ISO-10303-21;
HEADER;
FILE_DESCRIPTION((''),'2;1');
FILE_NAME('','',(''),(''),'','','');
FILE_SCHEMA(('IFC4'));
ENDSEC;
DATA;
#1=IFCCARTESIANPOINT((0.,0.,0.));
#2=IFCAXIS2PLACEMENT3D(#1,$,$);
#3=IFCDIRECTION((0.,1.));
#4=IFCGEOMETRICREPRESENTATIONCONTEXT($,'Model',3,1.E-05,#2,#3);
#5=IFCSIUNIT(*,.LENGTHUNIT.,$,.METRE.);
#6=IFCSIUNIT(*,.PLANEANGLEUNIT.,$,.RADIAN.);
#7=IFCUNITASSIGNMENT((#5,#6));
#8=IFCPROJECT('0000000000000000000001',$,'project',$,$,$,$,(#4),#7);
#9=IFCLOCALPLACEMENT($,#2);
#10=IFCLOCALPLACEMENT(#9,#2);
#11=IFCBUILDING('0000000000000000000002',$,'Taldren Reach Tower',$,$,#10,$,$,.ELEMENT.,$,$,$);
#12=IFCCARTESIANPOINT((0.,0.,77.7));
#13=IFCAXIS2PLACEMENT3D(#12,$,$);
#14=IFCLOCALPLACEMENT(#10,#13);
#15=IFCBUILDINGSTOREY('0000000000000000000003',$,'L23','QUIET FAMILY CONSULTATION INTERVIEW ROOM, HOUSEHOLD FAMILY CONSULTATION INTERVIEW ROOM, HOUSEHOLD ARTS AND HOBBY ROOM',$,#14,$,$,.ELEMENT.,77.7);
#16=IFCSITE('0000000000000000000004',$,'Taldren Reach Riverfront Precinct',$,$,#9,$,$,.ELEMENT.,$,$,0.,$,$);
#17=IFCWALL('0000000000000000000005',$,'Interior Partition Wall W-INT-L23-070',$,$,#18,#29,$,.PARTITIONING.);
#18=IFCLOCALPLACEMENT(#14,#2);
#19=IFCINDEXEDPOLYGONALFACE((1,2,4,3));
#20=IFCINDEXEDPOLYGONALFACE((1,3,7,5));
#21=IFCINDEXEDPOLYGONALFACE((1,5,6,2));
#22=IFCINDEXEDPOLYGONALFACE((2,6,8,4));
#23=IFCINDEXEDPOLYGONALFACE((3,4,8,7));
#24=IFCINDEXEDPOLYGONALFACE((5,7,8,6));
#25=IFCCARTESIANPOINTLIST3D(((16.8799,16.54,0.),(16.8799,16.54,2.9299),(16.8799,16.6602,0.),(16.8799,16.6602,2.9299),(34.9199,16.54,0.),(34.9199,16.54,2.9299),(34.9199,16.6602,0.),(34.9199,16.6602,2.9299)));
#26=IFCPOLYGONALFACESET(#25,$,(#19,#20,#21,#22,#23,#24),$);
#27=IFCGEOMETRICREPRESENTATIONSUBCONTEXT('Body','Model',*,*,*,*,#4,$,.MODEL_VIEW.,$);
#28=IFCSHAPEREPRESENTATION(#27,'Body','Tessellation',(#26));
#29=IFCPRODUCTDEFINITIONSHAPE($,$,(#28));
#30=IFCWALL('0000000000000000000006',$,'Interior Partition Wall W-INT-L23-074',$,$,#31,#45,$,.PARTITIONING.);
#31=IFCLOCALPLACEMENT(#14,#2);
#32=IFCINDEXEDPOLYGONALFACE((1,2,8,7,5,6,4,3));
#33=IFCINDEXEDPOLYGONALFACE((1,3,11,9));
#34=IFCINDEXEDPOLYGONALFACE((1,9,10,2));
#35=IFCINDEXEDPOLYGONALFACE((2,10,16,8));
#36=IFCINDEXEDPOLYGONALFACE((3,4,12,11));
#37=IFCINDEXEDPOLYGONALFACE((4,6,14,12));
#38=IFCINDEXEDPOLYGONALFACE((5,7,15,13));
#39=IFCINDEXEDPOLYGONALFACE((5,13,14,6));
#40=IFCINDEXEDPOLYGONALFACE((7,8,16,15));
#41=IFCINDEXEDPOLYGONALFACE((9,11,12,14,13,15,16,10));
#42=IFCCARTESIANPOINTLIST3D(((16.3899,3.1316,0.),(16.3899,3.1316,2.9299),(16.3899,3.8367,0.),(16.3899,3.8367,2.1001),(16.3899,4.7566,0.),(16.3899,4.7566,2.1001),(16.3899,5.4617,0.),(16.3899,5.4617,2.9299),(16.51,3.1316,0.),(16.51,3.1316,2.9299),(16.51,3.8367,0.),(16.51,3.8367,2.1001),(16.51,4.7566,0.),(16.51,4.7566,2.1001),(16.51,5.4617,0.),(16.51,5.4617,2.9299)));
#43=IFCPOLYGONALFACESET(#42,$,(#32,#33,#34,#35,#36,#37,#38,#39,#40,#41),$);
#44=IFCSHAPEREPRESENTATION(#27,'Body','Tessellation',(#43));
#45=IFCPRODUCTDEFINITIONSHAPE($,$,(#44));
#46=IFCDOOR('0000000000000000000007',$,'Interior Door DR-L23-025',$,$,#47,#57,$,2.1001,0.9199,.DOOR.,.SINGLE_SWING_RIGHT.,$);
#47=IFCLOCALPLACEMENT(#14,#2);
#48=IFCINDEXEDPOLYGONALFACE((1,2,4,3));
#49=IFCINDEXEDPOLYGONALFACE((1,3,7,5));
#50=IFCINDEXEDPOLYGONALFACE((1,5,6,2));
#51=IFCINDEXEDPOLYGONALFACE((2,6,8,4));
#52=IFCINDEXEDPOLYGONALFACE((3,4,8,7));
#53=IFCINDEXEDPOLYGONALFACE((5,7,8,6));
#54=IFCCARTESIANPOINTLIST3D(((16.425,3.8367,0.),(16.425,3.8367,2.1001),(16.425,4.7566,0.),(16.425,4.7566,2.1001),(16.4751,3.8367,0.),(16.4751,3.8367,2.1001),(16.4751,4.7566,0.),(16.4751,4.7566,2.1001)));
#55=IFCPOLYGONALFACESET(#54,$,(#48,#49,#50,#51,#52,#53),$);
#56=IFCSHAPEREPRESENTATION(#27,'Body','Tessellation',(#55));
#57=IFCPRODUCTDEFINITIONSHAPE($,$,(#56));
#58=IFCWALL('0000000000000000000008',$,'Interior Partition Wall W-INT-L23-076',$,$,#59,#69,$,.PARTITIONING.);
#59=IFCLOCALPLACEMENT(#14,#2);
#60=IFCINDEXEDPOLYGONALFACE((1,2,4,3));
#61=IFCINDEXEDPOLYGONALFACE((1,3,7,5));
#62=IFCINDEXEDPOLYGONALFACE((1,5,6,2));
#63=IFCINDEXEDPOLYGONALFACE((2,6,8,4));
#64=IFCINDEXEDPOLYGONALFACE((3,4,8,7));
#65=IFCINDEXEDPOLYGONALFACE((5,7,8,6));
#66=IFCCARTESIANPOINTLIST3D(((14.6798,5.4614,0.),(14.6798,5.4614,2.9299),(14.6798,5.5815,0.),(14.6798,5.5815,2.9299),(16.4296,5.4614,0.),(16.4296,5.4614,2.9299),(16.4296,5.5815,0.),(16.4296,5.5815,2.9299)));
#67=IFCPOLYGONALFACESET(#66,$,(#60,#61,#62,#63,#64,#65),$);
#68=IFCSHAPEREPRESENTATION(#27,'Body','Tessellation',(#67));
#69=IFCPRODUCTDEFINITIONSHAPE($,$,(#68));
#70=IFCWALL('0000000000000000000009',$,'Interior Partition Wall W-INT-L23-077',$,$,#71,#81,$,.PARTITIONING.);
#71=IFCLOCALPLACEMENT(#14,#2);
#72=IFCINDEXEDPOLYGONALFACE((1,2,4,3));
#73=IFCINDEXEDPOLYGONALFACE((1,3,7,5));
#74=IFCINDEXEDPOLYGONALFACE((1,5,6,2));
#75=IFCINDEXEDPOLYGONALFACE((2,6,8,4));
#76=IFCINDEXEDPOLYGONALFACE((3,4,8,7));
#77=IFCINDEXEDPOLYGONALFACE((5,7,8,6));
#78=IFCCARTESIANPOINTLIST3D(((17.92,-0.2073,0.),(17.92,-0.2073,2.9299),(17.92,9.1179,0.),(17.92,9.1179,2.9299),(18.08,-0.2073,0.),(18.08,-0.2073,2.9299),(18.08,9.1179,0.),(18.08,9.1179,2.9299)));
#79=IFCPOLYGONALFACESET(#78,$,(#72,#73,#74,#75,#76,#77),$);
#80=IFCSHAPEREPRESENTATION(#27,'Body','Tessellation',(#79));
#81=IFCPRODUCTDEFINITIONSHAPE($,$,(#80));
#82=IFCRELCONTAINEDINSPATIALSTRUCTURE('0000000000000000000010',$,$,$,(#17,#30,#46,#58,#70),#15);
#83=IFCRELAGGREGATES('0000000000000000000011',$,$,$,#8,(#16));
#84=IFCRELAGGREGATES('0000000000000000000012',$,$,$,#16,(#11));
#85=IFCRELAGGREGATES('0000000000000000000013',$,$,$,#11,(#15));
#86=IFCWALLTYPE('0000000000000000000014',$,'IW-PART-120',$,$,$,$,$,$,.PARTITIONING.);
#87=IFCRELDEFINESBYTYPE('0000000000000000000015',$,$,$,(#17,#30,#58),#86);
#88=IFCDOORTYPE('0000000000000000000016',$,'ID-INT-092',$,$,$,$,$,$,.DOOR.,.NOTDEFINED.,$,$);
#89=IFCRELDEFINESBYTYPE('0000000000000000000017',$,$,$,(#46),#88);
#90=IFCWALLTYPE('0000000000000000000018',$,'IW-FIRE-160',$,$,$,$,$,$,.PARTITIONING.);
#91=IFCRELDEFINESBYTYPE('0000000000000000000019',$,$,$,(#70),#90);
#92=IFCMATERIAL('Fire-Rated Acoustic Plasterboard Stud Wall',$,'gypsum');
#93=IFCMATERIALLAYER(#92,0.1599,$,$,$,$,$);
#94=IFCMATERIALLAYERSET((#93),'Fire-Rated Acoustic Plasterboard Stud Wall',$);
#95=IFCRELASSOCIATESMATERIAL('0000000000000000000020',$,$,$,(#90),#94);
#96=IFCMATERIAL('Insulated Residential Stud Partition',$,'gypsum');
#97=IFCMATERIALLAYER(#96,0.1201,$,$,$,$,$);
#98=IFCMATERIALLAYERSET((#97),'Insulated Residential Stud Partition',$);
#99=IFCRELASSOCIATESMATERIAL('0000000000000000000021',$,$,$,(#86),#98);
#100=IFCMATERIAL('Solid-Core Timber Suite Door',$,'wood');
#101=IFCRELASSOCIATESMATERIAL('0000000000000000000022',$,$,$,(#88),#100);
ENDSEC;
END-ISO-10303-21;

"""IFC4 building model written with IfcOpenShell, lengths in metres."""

from ifc_helpers import new_model, si_unit, direction, frame, frame_2d, origin, place, context, subcontext, project, spatial, rectangle, extrude, source, transform, mapped, material, layer, layer_set, type_object, element, fill, save


model = new_model("IFC4")

# Units and contexts
model_context = context("Model", 3, precision=1e-05, world=origin(), true_north=direction((0.0, 1.0)))
body_context = subcontext(model_context, "Body", "Model", "MODEL_VIEW")
ifc_project = project(units=[si_unit("LENGTHUNIT", "METRE"), si_unit("PLANEANGLEUNIT", "RADIAN")], contexts=[model_context])

# Site, building, storey
site_placement = place(None, origin())
site = spatial("IfcSite", under=ifc_project, at=site_placement, Name="Taldren Reach Riverfront Precinct", CompositionType="ELEMENT", RefElevation=0.0)
building_placement = place(site_placement, origin())
building = spatial("IfcBuilding", under=site, at=building_placement, Name="Taldren Reach Tower", CompositionType="ELEMENT")
storey_placement = place(building_placement, frame((0.0, 0.0, 77.7)))
storey = spatial("IfcBuildingStorey", under=building, at=storey_placement, Name="L23", Description="QUIET FAMILY CONSULTATION INTERVIEW ROOM, HOUSEHOLD FAMILY CONSULTATION INTERVIEW ROOM, HOUSEHOLD ARTS AND HOBBY ROOM", CompositionType="ELEMENT", Elevation=77.7)

# Shared definitions
ifc_material_1 = material(Name="Fire-Rated Acoustic Plasterboard Stud Wall", Category="gypsum")
ifc_layer_1 = layer(ifc_material_1, 0.1599)
ifc_layer_set_1 = layer_set([ifc_layer_1], Name="Fire-Rated Acoustic Plasterboard Stud Wall")
wall_type_1 = type_object("IfcWallType", Name="IW-FIRE-160", PredefinedType="PARTITIONING", material=ifc_layer_set_1)

# Wall
ifc_material_2 = material(Name="Insulated Residential Stud Partition", Category="gypsum")
ifc_layer_2 = layer(ifc_material_2, 0.1201)
ifc_layer_set_2 = layer_set([ifc_layer_2], Name="Insulated Residential Stud Partition")
wall_type_2 = type_object("IfcWallType", Name="IW-PART-120", PredefinedType="PARTITIONING", material=ifc_layer_set_2)
shared_shape_1 = source(origin(), body_context, "Body", "SweptSolid", [
    extrude(rectangle(XDim=18.04, YDim=0.1201, at=frame_2d((9.02, 0.0))), origin(), (0.0, 0.0, 1.0), 2.9299),
])
wall_1_placement = place(storey_placement, frame((16.8799, 16.6001, 0.0), z_axis=(0.0, 0.0, 1.0), x_axis=(1.0, 0.0, 0.0)))
element("IfcWall", 1, at=wall_1_placement, inside=storey, type_object=wall_type_2, Name="Interior Partition Wall W-INT-L23-070", PredefinedType="PARTITIONING", context=body_context, shape_type="MappedRepresentation", body=[
    mapped(shared_shape_1, transform((0.0, 0.0, 0.0), scale=1.0)),
])

# Wall, opening, door
shared_shape_2 = source(origin(), body_context, "Body", "SweptSolid", [
    extrude(rectangle(XDim=2.3301, YDim=0.1201, at=frame_2d((1.165, 0.0))), origin(), (0.0, 0.0, 1.0), 2.9299),
])
wall_2_placement = place(storey_placement, frame((16.45, 3.1316, 0.0), z_axis=(0.0, 0.0, 1.0), x_axis=(0.0, 1.0, 0.0)))
wall_2 = element("IfcWall", 2, at=wall_2_placement, inside=storey, type_object=wall_type_2, Name="Interior Partition Wall W-INT-L23-074", PredefinedType="PARTITIONING", context=body_context, shape_type="MappedRepresentation", body=[
    mapped(shared_shape_2, transform((0.0, 0.0, 0.0), scale=1.0)),
])
shared_shape_3 = source(origin(), body_context, "Body", "SweptSolid", [
    extrude(rectangle(XDim=0.9199, YDim=2.1001, at=frame_2d((0.46, 1.05))), frame((0.0, 0.0701, 0.0), z_axis=(0.0, -1.0, 0.0), x_axis=(1.0, 0.0, 0.0)), (0.0, 0.0, 1.0), 0.1401),
])
opening_1_placement = place(wall_2_placement, frame((0.7051, 0.0, 0.0)))
opening_1 = element("IfcOpeningElement", 3, at=opening_1_placement, cuts=wall_2, PredefinedType="OPENING", context=body_context, shape_type="MappedRepresentation", body=[
    mapped(shared_shape_3, transform((0.0, 0.0, 0.0), scale=1.0)),
])
ifc_material_3 = material(Name="Solid-Core Timber Suite Door", Category="wood")
door_type_1 = type_object("IfcDoorType", Name="ID-INT-092", OperationType="NOTDEFINED", PredefinedType="DOOR", material=ifc_material_3)
shared_shape_4 = source(origin(), body_context, "Body", "SweptSolid", [
    extrude(rectangle(XDim=0.9199, YDim=2.1001, at=frame_2d((0.46, 1.05))), frame((0.0, 0.0249, 0.0), z_axis=(0.0, -1.0, 0.0), x_axis=(1.0, 0.0, 0.0)), (0.0, 0.0, 1.0), 0.05),
])
door_1_placement = place(opening_1_placement, origin())
door_1 = element("IfcDoor", 4, at=door_1_placement, inside=storey, type_object=door_type_1, Name="Interior Door DR-L23-025", OperationType="SINGLE_SWING_RIGHT", OverallHeight=2.1001, OverallWidth=0.9199, PredefinedType="DOOR", context=body_context, shape_type="MappedRepresentation", body=[
    mapped(shared_shape_4, transform((0.0, 0.0, 0.0), scale=1.0)),
])
fill(opening_1, door_1)

# Walls
shared_shape_5 = source(origin(), body_context, "Body", "SweptSolid", [
    extrude(rectangle(XDim=1.7498, YDim=0.1201, at=frame_2d((0.875, 0.0))), origin(), (0.0, 0.0, 1.0), 2.9299),
])
wall_3_placement = place(storey_placement, frame((16.4297, 5.5215, 0.0), z_axis=(0.0, 0.0, 1.0), x_axis=(-1.0, 0.0, 0.0)))
element("IfcWall", 5, at=wall_3_placement, inside=storey, type_object=wall_type_2, Name="Interior Partition Wall W-INT-L23-076", PredefinedType="PARTITIONING", context=body_context, shape_type="MappedRepresentation", body=[
    mapped(shared_shape_5, transform((0.0, 0.0, 0.0), scale=1.0)),
])
shared_shape_6 = source(origin(), body_context, "Body", "SweptSolid", [
    extrude(rectangle(XDim=9.3252, YDim=0.1599, at=frame_2d((4.6626, 0.0))), origin(), (0.0, 0.0, 1.0), 2.9299),
])
wall_4_placement = place(storey_placement, frame((18.0, 9.1179, 0.0), z_axis=(0.0, 0.0, 1.0), x_axis=(0.0, -1.0, 0.0)))
element("IfcWall", 6, at=wall_4_placement, inside=storey, type_object=wall_type_1, Name="Interior Partition Wall W-INT-L23-077", PredefinedType="PARTITIONING", context=body_context, shape_type="MappedRepresentation", body=[
    mapped(shared_shape_6, transform((0.0, 0.0, 0.0), scale=1.0)),
])

save(model, "model.ifc")
